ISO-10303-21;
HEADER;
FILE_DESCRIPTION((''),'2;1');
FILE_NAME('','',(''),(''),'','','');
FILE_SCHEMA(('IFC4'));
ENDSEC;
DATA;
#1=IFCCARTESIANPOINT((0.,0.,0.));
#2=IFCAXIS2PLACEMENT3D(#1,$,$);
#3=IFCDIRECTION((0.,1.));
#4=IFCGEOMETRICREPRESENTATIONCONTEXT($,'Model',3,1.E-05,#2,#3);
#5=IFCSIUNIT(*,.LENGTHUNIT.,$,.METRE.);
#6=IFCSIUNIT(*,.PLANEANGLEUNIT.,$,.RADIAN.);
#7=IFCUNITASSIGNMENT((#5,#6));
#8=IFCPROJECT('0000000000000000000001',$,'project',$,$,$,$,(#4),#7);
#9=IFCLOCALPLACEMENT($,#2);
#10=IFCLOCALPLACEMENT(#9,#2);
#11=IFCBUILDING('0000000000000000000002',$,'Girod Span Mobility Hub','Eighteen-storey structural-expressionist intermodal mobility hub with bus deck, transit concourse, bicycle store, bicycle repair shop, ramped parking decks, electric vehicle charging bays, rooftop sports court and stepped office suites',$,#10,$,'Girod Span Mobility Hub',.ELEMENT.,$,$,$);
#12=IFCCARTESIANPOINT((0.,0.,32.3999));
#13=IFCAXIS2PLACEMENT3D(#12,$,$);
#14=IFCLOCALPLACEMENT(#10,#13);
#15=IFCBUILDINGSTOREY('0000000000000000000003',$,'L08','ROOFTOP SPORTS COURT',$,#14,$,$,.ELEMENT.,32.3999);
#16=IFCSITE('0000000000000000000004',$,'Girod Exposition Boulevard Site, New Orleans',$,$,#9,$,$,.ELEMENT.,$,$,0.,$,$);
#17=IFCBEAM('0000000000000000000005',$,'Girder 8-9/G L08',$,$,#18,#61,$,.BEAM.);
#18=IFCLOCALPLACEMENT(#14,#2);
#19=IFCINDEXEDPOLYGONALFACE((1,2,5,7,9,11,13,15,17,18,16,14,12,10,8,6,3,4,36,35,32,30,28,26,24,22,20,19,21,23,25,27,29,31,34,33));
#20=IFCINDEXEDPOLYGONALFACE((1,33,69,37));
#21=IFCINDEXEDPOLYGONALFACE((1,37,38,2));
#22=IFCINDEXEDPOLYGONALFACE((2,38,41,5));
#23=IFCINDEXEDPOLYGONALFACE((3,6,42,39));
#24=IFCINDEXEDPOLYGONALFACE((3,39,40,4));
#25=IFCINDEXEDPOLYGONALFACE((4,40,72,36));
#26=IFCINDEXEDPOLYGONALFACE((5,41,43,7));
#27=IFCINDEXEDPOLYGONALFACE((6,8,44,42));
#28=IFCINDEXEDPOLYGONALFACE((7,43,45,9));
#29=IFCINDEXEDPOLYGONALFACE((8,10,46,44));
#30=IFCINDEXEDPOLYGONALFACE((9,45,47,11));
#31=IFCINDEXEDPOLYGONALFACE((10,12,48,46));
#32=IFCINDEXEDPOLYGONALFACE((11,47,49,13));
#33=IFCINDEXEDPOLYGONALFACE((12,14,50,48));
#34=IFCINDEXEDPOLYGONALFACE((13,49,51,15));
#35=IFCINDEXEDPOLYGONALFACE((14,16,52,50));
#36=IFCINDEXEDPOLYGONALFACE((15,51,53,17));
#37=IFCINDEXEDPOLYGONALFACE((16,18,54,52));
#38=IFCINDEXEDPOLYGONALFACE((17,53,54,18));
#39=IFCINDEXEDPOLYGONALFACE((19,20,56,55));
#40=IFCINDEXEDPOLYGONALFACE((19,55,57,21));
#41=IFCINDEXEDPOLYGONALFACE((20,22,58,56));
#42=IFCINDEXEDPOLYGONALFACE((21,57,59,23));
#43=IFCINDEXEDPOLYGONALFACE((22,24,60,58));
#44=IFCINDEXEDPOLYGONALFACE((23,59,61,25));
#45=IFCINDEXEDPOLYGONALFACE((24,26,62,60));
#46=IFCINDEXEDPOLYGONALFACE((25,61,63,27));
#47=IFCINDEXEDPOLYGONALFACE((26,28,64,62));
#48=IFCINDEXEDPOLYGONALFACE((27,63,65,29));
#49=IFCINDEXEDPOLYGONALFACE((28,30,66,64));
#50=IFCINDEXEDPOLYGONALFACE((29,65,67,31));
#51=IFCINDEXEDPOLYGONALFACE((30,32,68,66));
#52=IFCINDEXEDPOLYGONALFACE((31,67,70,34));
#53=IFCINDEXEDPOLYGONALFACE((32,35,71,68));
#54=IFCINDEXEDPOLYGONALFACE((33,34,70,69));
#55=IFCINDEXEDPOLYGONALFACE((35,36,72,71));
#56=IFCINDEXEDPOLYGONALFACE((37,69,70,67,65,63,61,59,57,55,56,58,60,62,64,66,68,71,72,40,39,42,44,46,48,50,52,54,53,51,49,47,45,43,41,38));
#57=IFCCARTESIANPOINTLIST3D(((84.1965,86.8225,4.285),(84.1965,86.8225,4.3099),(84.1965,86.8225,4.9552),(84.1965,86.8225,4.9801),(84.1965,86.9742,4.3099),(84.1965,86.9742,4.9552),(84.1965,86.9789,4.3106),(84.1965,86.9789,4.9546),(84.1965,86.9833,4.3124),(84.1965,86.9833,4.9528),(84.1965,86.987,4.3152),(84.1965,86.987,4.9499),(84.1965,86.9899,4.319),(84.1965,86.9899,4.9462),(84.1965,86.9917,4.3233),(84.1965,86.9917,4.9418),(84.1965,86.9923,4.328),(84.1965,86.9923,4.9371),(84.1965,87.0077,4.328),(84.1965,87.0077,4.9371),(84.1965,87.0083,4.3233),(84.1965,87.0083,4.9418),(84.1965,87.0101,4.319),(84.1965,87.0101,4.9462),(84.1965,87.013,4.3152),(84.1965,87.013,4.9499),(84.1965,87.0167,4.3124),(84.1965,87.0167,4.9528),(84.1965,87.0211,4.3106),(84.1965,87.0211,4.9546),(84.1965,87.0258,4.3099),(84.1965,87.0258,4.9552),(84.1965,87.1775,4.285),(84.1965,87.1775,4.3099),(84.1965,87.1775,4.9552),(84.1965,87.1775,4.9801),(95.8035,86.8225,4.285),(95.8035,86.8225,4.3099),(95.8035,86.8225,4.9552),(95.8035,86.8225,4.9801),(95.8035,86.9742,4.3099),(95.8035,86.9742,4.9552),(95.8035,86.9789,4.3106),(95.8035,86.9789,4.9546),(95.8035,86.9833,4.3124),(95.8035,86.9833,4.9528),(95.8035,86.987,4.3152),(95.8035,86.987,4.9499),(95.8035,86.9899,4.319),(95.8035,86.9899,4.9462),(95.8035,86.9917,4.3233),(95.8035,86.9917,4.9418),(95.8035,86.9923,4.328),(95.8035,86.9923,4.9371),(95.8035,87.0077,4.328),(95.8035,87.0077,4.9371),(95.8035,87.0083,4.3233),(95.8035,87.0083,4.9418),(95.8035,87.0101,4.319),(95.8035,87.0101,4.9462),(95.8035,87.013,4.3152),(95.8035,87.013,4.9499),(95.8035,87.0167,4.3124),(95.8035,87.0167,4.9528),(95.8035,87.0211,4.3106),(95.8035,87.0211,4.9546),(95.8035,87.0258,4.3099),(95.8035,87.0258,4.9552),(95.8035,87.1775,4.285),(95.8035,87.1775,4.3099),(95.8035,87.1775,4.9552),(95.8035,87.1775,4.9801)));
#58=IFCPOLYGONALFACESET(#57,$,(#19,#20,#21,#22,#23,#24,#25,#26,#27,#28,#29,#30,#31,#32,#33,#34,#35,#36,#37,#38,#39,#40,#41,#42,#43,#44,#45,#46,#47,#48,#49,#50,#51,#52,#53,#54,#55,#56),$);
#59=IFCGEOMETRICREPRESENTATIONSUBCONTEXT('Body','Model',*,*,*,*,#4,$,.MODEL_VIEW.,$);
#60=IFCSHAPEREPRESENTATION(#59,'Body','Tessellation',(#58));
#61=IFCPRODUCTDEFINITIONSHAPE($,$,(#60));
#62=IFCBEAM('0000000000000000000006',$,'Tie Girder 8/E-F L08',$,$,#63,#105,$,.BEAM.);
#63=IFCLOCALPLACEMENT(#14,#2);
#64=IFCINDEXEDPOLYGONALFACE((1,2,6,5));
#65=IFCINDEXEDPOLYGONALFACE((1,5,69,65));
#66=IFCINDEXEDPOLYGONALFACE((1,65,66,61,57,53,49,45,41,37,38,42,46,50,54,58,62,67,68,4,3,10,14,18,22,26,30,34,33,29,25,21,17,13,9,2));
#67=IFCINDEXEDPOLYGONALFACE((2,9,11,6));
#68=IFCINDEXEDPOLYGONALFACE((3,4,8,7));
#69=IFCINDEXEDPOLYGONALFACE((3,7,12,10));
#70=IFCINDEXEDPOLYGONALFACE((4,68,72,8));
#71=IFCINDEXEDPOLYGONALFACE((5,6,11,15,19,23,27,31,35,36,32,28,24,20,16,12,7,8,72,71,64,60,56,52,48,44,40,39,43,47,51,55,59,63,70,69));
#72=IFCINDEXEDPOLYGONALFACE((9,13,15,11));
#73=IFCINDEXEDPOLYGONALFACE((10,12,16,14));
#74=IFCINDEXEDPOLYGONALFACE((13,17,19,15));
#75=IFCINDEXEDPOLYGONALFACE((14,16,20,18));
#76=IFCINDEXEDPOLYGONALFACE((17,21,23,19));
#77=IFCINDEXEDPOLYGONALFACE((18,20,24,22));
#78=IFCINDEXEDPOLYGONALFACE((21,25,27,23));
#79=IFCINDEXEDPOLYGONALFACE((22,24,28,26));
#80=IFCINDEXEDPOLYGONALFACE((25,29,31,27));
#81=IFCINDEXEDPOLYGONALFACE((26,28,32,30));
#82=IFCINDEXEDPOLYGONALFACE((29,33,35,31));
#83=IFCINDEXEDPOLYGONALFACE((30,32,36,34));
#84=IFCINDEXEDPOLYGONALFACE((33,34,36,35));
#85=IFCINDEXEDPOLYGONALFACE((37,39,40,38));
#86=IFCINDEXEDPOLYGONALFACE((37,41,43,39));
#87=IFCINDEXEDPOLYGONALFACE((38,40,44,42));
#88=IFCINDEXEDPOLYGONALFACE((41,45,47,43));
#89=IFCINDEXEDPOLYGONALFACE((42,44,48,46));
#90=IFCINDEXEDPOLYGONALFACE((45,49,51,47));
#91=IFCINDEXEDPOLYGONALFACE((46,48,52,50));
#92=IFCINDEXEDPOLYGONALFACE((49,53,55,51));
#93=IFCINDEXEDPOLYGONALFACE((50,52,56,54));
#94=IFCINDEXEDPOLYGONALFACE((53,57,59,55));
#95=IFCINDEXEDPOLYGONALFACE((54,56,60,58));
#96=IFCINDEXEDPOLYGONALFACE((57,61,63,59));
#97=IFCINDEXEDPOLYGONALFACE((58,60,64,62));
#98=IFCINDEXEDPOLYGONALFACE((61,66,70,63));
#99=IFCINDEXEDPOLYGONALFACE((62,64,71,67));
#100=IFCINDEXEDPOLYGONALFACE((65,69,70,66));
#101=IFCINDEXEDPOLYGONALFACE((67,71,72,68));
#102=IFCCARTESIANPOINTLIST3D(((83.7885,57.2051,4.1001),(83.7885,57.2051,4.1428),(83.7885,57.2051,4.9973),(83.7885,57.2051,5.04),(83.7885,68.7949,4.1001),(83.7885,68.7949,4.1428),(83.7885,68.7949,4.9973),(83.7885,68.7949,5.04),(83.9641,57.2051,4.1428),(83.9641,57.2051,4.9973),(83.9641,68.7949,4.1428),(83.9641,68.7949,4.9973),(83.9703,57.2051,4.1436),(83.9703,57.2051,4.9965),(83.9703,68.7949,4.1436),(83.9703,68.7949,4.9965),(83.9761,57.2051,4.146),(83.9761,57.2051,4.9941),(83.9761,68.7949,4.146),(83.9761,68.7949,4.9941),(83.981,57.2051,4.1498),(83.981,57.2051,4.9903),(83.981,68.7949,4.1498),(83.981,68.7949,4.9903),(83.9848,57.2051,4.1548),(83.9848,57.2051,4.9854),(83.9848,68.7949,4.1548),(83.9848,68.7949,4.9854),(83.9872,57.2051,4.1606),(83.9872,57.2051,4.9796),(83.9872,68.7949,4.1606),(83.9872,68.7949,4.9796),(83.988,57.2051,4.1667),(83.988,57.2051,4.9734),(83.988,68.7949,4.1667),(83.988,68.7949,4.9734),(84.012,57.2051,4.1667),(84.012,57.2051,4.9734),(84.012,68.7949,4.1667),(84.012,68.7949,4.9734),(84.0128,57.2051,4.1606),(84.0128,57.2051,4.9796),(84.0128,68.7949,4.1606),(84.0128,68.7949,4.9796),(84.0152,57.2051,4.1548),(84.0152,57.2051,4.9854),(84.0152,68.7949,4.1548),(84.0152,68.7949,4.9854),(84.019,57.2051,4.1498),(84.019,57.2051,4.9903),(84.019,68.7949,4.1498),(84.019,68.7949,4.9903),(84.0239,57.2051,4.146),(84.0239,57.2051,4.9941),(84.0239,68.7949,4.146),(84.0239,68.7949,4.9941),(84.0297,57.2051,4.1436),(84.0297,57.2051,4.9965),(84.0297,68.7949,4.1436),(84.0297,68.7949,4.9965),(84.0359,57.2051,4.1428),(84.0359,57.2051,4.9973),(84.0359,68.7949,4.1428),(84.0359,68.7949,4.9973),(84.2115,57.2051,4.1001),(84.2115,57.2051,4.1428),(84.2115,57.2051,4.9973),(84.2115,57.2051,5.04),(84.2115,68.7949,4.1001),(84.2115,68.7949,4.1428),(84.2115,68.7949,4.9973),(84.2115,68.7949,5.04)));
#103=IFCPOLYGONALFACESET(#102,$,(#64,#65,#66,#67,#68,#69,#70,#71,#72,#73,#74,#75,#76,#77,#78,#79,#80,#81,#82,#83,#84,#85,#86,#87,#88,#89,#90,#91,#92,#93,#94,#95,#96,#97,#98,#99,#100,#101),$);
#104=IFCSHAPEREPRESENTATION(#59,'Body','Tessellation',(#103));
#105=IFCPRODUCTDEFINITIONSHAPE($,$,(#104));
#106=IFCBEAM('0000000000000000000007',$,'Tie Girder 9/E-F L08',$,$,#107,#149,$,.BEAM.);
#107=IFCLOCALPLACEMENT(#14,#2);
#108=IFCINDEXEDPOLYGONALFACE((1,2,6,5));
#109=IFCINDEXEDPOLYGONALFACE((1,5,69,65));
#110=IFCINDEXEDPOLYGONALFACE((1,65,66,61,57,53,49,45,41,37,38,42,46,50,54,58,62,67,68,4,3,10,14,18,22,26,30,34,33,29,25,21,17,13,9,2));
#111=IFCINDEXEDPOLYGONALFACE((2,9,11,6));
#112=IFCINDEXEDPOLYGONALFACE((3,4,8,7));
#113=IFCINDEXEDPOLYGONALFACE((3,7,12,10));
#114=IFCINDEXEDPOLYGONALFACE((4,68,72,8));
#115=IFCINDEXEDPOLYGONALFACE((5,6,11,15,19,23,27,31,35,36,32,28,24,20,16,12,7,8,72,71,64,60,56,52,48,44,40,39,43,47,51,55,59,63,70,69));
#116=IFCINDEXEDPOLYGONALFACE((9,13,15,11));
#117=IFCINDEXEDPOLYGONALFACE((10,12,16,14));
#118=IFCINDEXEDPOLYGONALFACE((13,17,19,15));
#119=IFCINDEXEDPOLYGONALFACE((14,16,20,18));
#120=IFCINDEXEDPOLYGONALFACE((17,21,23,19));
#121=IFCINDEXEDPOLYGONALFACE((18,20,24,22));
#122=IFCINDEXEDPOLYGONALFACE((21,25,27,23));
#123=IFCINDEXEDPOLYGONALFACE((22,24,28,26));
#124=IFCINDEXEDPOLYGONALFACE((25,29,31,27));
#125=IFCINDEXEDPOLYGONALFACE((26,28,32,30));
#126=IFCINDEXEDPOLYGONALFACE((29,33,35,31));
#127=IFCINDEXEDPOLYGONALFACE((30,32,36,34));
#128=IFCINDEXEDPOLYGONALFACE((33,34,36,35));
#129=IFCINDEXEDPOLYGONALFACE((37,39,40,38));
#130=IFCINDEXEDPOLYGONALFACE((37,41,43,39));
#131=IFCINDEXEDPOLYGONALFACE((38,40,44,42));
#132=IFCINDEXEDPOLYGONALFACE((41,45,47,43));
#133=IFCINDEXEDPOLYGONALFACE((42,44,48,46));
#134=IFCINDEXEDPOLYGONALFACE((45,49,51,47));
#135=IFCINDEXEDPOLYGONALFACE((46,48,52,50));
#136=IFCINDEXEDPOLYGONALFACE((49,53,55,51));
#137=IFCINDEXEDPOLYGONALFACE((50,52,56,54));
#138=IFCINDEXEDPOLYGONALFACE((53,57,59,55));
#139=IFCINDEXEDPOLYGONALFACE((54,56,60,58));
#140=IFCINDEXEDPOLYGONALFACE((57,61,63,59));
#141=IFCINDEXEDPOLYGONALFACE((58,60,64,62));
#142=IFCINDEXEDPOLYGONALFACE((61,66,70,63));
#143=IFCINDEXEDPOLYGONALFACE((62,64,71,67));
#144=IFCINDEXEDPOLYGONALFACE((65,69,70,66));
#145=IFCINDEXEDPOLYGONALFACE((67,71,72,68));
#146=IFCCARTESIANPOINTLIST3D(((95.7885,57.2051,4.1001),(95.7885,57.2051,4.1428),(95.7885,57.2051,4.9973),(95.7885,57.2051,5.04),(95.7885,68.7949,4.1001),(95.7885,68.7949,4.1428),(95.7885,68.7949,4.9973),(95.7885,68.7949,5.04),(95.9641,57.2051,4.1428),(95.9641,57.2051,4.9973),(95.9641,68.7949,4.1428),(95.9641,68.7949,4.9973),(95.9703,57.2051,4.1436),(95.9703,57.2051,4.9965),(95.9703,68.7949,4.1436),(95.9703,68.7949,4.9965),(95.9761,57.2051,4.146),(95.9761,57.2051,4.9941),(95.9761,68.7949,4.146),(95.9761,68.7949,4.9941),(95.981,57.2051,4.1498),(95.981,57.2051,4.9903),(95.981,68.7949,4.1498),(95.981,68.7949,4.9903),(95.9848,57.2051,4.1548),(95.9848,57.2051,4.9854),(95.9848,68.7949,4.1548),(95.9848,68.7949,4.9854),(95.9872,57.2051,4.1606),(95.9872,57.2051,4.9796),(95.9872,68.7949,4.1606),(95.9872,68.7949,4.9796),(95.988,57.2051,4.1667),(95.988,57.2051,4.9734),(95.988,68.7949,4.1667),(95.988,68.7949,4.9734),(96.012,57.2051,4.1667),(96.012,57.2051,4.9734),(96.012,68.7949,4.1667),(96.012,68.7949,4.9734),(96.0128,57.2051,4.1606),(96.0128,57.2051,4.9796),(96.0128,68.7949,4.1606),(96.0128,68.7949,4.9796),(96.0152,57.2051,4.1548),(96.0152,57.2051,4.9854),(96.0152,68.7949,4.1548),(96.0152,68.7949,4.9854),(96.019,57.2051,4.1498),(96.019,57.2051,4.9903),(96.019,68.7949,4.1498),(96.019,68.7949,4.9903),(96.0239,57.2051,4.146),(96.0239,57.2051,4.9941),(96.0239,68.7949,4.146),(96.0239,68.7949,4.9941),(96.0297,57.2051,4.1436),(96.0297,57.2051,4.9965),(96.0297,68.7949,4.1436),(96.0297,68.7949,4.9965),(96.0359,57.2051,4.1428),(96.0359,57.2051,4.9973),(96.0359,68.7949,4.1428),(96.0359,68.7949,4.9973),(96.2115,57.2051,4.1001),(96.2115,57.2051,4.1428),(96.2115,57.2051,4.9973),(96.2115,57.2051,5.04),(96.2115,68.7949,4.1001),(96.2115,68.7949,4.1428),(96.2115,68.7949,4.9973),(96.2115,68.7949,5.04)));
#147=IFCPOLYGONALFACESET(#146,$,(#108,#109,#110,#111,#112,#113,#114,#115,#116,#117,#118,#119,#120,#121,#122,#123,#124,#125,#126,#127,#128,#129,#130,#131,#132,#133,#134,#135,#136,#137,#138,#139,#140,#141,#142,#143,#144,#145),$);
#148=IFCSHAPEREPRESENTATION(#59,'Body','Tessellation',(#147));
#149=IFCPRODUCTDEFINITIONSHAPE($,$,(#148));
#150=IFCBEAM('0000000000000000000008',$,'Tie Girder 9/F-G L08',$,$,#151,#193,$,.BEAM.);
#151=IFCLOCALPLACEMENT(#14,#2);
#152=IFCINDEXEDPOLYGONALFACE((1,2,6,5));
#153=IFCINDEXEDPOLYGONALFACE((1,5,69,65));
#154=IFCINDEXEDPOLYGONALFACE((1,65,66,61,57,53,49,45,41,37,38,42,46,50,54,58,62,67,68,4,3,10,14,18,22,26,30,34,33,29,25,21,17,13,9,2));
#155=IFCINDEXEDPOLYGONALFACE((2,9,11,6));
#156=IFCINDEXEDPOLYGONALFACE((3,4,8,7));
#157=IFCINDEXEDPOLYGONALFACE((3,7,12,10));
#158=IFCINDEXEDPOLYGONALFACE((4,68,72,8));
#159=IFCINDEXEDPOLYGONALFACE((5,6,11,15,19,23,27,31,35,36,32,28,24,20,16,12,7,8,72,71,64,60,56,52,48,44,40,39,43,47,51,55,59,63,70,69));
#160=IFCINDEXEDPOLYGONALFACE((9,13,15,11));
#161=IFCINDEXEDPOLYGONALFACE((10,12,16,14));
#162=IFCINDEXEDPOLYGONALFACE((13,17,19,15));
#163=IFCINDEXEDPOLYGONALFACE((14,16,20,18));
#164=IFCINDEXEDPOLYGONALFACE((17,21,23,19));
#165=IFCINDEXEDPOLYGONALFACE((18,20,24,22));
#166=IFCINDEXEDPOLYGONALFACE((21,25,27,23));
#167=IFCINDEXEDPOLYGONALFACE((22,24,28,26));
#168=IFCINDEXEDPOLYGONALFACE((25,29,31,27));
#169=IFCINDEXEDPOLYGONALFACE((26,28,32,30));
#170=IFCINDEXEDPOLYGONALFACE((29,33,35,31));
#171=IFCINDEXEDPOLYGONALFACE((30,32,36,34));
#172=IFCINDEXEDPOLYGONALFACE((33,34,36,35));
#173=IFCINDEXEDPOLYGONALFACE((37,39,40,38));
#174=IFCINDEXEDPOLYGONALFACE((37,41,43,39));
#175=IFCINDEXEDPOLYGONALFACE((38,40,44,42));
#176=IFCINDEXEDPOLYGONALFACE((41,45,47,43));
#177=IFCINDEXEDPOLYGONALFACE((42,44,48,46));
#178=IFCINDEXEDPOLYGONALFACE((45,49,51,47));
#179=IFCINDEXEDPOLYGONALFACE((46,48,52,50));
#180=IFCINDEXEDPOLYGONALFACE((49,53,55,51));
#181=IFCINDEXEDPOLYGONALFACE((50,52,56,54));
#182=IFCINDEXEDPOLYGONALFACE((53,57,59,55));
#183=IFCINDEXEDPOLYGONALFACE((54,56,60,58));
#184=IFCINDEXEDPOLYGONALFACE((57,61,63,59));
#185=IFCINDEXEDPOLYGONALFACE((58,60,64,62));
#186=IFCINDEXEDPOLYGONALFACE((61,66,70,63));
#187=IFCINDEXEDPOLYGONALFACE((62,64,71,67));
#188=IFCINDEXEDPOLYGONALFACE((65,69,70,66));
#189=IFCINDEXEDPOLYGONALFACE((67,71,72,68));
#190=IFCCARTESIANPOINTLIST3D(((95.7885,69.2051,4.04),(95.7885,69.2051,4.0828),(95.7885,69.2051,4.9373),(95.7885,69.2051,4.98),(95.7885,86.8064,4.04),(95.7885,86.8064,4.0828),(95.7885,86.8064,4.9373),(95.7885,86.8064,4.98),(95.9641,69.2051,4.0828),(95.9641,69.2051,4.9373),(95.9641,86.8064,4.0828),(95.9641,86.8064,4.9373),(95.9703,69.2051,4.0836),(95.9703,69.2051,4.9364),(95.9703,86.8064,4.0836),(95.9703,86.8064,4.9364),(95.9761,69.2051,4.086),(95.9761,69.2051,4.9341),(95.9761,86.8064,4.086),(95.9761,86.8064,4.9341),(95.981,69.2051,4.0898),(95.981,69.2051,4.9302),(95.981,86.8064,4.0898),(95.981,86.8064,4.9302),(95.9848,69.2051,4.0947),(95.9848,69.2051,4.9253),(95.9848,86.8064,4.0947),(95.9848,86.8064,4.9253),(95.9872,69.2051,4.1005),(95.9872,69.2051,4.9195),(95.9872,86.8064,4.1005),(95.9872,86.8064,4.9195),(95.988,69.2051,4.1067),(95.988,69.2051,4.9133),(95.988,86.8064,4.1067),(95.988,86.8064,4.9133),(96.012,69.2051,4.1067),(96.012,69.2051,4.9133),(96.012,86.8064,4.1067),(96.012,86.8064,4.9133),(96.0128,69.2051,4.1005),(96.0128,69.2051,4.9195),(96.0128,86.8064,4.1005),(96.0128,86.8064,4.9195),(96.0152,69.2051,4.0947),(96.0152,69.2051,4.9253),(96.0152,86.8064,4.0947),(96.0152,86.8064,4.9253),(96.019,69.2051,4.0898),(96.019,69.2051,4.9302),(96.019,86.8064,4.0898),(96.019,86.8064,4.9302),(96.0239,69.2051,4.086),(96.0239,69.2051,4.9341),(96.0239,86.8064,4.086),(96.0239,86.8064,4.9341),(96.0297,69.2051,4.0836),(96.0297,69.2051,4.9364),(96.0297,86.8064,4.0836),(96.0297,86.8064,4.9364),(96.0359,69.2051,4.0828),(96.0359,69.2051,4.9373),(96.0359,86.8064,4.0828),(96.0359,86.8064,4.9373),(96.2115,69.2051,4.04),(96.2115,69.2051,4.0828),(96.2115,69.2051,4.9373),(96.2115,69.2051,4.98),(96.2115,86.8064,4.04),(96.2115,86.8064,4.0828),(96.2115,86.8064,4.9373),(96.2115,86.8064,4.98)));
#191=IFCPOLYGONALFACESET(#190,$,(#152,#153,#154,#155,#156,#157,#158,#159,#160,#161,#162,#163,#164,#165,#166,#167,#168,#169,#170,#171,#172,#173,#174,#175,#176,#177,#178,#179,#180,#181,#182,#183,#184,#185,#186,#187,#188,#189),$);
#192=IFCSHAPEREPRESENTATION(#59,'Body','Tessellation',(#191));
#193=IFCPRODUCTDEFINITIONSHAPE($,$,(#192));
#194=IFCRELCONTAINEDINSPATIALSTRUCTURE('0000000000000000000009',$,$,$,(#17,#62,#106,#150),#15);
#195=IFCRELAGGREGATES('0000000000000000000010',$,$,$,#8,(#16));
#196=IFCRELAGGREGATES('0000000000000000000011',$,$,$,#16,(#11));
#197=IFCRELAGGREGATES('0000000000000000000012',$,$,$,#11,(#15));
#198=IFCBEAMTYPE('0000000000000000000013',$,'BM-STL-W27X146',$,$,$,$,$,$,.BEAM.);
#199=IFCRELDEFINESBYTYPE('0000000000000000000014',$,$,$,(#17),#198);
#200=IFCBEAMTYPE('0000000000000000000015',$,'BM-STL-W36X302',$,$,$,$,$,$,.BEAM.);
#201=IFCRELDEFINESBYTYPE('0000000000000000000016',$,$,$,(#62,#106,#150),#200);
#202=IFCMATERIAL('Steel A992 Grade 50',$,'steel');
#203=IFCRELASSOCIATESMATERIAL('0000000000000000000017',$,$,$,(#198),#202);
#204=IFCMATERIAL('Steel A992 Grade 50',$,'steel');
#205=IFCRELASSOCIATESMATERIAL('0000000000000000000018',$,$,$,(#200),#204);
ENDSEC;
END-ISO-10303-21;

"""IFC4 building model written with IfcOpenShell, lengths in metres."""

from ifc_helpers import new_model, si_unit, direction, frame, origin, origin_2d, place, context, subcontext, project, spatial, i_section, extrude, material, material_profile, profile_set, type_object, element, save


model = new_model("IFC4")

# Units and contexts
model_context = context("Model", 3, precision=1e-05, world=origin(), true_north=direction((0.0, 1.0)))
body_context = subcontext(model_context, "Body", "Model", "MODEL_VIEW")
ifc_project = project(units=[si_unit("LENGTHUNIT", "METRE"), si_unit("PLANEANGLEUNIT", "RADIAN")], contexts=[model_context])

# Site, building, storey
site_placement = place(None, origin())
site = spatial("IfcSite", under=ifc_project, at=site_placement, Name="Girod Exposition Boulevard Site, New Orleans", CompositionType="ELEMENT", RefElevation=0.0)
building_placement = place(site_placement, origin())
building = spatial("IfcBuilding", under=site, at=building_placement, Name="Girod Span Mobility Hub", Description="Eighteen-storey structural-expressionist intermodal mobility hub with bus deck, transit concourse, bicycle store, bicycle repair shop, ramped parking decks, electric vehicle charging bays, rooftop sports court and stepped office suites", LongName="Girod Span Mobility Hub", CompositionType="ELEMENT")
storey_placement = place(building_placement, frame((0.0, 0.0, 32.3999)))
storey = spatial("IfcBuildingStorey", under=building, at=storey_placement, Name="L08", Description="ROOFTOP SPORTS COURT", CompositionType="ELEMENT", Elevation=32.3999)

# Beams
ifc_material_1 = material(Name="Steel A992 Grade 50", Category="steel")
ifc_material_profile_1 = material_profile(ifc_material_1, i_section(OverallWidth=0.355, OverallDepth=0.6951, WebThickness=0.0154, FlangeThickness=0.0249, FilletRadius=0.0181, at=origin_2d()), Name="W27X146")
ifc_profile_set_1 = profile_set([ifc_material_profile_1], Name="Steel A992 Grade 50")
beam_type_1 = type_object("IfcBeamType", Name="BM-STL-W27X146", PredefinedType="BEAM", material=ifc_profile_set_1)
beam_1_placement = place(storey_placement, frame((84.1965, 87.0, 4.6326), z_axis=(1.0, 0.0, 0.0), x_axis=(0.0, 1.0, 0.0)))
element("IfcBeam", 1, at=beam_1_placement, inside=storey, type_object=beam_type_1, Name="Girder 8-9/G L08", PredefinedType="BEAM", context=body_context, shape_type="SweptSolid", body=[
    extrude(i_section(OverallWidth=0.355, OverallDepth=0.6951, WebThickness=0.0154, FlangeThickness=0.0249, FilletRadius=0.0181, at=origin_2d()), origin(), (0.0, 0.0, 1.0), 11.6069),
])
ifc_material_2 = material(Name="Steel A992 Grade 50", Category="steel")
ifc_material_profile_2 = material_profile(ifc_material_2, i_section(OverallWidth=0.4231, OverallDepth=0.9399, WebThickness=0.0239, FlangeThickness=0.0427, FilletRadius=0.0239, at=origin_2d()), Name="W36X302")
ifc_profile_set_2 = profile_set([ifc_material_profile_2], Name="Steel A992 Grade 50")
beam_type_2 = type_object("IfcBeamType", Name="BM-STL-W36X302", PredefinedType="BEAM", material=ifc_profile_set_2)
for number, where, z_axis, x_axis, name in (
    (2, (84.0, 57.2051, 4.5701), (0.0, 1.0, 0.0), (-1.0, 0.0, 0.0), "Tie Girder 8/E-F L08"),
    (3, (96.0, 57.2051, 4.5701), (0.0, 1.0, 0.0), (-1.0, 0.0, 0.0), "Tie Girder 9/E-F L08"),
):
    element("IfcBeam", number, at=place(storey_placement, frame(where, z_axis=z_axis, x_axis=x_axis)), inside=storey, type_object=beam_type_2, Name=name, PredefinedType="BEAM", context=body_context, shape_type="SweptSolid", body=[
        extrude(i_section(OverallWidth=0.4231, OverallDepth=0.9399, WebThickness=0.0239, FlangeThickness=0.0427, FilletRadius=0.0239, at=origin_2d()), origin(), (0.0, 0.0, 1.0), 11.5898),
    ])
beam_2_placement = place(storey_placement, frame((96.0, 69.2051, 4.51), z_axis=(0.0, 1.0, 0.0), x_axis=(-1.0, 0.0, 0.0)))
element("IfcBeam", 4, at=beam_2_placement, inside=storey, type_object=beam_type_2, Name="Tie Girder 9/F-G L08", PredefinedType="BEAM", context=body_context, shape_type="SweptSolid", body=[
    extrude(i_section(OverallWidth=0.4231, OverallDepth=0.9399, WebThickness=0.0239, FlangeThickness=0.0427, FilletRadius=0.0239, at=origin_2d()), origin(), (0.0, 0.0, 1.0), 17.6013),
])

save(model, "model.ifc")
